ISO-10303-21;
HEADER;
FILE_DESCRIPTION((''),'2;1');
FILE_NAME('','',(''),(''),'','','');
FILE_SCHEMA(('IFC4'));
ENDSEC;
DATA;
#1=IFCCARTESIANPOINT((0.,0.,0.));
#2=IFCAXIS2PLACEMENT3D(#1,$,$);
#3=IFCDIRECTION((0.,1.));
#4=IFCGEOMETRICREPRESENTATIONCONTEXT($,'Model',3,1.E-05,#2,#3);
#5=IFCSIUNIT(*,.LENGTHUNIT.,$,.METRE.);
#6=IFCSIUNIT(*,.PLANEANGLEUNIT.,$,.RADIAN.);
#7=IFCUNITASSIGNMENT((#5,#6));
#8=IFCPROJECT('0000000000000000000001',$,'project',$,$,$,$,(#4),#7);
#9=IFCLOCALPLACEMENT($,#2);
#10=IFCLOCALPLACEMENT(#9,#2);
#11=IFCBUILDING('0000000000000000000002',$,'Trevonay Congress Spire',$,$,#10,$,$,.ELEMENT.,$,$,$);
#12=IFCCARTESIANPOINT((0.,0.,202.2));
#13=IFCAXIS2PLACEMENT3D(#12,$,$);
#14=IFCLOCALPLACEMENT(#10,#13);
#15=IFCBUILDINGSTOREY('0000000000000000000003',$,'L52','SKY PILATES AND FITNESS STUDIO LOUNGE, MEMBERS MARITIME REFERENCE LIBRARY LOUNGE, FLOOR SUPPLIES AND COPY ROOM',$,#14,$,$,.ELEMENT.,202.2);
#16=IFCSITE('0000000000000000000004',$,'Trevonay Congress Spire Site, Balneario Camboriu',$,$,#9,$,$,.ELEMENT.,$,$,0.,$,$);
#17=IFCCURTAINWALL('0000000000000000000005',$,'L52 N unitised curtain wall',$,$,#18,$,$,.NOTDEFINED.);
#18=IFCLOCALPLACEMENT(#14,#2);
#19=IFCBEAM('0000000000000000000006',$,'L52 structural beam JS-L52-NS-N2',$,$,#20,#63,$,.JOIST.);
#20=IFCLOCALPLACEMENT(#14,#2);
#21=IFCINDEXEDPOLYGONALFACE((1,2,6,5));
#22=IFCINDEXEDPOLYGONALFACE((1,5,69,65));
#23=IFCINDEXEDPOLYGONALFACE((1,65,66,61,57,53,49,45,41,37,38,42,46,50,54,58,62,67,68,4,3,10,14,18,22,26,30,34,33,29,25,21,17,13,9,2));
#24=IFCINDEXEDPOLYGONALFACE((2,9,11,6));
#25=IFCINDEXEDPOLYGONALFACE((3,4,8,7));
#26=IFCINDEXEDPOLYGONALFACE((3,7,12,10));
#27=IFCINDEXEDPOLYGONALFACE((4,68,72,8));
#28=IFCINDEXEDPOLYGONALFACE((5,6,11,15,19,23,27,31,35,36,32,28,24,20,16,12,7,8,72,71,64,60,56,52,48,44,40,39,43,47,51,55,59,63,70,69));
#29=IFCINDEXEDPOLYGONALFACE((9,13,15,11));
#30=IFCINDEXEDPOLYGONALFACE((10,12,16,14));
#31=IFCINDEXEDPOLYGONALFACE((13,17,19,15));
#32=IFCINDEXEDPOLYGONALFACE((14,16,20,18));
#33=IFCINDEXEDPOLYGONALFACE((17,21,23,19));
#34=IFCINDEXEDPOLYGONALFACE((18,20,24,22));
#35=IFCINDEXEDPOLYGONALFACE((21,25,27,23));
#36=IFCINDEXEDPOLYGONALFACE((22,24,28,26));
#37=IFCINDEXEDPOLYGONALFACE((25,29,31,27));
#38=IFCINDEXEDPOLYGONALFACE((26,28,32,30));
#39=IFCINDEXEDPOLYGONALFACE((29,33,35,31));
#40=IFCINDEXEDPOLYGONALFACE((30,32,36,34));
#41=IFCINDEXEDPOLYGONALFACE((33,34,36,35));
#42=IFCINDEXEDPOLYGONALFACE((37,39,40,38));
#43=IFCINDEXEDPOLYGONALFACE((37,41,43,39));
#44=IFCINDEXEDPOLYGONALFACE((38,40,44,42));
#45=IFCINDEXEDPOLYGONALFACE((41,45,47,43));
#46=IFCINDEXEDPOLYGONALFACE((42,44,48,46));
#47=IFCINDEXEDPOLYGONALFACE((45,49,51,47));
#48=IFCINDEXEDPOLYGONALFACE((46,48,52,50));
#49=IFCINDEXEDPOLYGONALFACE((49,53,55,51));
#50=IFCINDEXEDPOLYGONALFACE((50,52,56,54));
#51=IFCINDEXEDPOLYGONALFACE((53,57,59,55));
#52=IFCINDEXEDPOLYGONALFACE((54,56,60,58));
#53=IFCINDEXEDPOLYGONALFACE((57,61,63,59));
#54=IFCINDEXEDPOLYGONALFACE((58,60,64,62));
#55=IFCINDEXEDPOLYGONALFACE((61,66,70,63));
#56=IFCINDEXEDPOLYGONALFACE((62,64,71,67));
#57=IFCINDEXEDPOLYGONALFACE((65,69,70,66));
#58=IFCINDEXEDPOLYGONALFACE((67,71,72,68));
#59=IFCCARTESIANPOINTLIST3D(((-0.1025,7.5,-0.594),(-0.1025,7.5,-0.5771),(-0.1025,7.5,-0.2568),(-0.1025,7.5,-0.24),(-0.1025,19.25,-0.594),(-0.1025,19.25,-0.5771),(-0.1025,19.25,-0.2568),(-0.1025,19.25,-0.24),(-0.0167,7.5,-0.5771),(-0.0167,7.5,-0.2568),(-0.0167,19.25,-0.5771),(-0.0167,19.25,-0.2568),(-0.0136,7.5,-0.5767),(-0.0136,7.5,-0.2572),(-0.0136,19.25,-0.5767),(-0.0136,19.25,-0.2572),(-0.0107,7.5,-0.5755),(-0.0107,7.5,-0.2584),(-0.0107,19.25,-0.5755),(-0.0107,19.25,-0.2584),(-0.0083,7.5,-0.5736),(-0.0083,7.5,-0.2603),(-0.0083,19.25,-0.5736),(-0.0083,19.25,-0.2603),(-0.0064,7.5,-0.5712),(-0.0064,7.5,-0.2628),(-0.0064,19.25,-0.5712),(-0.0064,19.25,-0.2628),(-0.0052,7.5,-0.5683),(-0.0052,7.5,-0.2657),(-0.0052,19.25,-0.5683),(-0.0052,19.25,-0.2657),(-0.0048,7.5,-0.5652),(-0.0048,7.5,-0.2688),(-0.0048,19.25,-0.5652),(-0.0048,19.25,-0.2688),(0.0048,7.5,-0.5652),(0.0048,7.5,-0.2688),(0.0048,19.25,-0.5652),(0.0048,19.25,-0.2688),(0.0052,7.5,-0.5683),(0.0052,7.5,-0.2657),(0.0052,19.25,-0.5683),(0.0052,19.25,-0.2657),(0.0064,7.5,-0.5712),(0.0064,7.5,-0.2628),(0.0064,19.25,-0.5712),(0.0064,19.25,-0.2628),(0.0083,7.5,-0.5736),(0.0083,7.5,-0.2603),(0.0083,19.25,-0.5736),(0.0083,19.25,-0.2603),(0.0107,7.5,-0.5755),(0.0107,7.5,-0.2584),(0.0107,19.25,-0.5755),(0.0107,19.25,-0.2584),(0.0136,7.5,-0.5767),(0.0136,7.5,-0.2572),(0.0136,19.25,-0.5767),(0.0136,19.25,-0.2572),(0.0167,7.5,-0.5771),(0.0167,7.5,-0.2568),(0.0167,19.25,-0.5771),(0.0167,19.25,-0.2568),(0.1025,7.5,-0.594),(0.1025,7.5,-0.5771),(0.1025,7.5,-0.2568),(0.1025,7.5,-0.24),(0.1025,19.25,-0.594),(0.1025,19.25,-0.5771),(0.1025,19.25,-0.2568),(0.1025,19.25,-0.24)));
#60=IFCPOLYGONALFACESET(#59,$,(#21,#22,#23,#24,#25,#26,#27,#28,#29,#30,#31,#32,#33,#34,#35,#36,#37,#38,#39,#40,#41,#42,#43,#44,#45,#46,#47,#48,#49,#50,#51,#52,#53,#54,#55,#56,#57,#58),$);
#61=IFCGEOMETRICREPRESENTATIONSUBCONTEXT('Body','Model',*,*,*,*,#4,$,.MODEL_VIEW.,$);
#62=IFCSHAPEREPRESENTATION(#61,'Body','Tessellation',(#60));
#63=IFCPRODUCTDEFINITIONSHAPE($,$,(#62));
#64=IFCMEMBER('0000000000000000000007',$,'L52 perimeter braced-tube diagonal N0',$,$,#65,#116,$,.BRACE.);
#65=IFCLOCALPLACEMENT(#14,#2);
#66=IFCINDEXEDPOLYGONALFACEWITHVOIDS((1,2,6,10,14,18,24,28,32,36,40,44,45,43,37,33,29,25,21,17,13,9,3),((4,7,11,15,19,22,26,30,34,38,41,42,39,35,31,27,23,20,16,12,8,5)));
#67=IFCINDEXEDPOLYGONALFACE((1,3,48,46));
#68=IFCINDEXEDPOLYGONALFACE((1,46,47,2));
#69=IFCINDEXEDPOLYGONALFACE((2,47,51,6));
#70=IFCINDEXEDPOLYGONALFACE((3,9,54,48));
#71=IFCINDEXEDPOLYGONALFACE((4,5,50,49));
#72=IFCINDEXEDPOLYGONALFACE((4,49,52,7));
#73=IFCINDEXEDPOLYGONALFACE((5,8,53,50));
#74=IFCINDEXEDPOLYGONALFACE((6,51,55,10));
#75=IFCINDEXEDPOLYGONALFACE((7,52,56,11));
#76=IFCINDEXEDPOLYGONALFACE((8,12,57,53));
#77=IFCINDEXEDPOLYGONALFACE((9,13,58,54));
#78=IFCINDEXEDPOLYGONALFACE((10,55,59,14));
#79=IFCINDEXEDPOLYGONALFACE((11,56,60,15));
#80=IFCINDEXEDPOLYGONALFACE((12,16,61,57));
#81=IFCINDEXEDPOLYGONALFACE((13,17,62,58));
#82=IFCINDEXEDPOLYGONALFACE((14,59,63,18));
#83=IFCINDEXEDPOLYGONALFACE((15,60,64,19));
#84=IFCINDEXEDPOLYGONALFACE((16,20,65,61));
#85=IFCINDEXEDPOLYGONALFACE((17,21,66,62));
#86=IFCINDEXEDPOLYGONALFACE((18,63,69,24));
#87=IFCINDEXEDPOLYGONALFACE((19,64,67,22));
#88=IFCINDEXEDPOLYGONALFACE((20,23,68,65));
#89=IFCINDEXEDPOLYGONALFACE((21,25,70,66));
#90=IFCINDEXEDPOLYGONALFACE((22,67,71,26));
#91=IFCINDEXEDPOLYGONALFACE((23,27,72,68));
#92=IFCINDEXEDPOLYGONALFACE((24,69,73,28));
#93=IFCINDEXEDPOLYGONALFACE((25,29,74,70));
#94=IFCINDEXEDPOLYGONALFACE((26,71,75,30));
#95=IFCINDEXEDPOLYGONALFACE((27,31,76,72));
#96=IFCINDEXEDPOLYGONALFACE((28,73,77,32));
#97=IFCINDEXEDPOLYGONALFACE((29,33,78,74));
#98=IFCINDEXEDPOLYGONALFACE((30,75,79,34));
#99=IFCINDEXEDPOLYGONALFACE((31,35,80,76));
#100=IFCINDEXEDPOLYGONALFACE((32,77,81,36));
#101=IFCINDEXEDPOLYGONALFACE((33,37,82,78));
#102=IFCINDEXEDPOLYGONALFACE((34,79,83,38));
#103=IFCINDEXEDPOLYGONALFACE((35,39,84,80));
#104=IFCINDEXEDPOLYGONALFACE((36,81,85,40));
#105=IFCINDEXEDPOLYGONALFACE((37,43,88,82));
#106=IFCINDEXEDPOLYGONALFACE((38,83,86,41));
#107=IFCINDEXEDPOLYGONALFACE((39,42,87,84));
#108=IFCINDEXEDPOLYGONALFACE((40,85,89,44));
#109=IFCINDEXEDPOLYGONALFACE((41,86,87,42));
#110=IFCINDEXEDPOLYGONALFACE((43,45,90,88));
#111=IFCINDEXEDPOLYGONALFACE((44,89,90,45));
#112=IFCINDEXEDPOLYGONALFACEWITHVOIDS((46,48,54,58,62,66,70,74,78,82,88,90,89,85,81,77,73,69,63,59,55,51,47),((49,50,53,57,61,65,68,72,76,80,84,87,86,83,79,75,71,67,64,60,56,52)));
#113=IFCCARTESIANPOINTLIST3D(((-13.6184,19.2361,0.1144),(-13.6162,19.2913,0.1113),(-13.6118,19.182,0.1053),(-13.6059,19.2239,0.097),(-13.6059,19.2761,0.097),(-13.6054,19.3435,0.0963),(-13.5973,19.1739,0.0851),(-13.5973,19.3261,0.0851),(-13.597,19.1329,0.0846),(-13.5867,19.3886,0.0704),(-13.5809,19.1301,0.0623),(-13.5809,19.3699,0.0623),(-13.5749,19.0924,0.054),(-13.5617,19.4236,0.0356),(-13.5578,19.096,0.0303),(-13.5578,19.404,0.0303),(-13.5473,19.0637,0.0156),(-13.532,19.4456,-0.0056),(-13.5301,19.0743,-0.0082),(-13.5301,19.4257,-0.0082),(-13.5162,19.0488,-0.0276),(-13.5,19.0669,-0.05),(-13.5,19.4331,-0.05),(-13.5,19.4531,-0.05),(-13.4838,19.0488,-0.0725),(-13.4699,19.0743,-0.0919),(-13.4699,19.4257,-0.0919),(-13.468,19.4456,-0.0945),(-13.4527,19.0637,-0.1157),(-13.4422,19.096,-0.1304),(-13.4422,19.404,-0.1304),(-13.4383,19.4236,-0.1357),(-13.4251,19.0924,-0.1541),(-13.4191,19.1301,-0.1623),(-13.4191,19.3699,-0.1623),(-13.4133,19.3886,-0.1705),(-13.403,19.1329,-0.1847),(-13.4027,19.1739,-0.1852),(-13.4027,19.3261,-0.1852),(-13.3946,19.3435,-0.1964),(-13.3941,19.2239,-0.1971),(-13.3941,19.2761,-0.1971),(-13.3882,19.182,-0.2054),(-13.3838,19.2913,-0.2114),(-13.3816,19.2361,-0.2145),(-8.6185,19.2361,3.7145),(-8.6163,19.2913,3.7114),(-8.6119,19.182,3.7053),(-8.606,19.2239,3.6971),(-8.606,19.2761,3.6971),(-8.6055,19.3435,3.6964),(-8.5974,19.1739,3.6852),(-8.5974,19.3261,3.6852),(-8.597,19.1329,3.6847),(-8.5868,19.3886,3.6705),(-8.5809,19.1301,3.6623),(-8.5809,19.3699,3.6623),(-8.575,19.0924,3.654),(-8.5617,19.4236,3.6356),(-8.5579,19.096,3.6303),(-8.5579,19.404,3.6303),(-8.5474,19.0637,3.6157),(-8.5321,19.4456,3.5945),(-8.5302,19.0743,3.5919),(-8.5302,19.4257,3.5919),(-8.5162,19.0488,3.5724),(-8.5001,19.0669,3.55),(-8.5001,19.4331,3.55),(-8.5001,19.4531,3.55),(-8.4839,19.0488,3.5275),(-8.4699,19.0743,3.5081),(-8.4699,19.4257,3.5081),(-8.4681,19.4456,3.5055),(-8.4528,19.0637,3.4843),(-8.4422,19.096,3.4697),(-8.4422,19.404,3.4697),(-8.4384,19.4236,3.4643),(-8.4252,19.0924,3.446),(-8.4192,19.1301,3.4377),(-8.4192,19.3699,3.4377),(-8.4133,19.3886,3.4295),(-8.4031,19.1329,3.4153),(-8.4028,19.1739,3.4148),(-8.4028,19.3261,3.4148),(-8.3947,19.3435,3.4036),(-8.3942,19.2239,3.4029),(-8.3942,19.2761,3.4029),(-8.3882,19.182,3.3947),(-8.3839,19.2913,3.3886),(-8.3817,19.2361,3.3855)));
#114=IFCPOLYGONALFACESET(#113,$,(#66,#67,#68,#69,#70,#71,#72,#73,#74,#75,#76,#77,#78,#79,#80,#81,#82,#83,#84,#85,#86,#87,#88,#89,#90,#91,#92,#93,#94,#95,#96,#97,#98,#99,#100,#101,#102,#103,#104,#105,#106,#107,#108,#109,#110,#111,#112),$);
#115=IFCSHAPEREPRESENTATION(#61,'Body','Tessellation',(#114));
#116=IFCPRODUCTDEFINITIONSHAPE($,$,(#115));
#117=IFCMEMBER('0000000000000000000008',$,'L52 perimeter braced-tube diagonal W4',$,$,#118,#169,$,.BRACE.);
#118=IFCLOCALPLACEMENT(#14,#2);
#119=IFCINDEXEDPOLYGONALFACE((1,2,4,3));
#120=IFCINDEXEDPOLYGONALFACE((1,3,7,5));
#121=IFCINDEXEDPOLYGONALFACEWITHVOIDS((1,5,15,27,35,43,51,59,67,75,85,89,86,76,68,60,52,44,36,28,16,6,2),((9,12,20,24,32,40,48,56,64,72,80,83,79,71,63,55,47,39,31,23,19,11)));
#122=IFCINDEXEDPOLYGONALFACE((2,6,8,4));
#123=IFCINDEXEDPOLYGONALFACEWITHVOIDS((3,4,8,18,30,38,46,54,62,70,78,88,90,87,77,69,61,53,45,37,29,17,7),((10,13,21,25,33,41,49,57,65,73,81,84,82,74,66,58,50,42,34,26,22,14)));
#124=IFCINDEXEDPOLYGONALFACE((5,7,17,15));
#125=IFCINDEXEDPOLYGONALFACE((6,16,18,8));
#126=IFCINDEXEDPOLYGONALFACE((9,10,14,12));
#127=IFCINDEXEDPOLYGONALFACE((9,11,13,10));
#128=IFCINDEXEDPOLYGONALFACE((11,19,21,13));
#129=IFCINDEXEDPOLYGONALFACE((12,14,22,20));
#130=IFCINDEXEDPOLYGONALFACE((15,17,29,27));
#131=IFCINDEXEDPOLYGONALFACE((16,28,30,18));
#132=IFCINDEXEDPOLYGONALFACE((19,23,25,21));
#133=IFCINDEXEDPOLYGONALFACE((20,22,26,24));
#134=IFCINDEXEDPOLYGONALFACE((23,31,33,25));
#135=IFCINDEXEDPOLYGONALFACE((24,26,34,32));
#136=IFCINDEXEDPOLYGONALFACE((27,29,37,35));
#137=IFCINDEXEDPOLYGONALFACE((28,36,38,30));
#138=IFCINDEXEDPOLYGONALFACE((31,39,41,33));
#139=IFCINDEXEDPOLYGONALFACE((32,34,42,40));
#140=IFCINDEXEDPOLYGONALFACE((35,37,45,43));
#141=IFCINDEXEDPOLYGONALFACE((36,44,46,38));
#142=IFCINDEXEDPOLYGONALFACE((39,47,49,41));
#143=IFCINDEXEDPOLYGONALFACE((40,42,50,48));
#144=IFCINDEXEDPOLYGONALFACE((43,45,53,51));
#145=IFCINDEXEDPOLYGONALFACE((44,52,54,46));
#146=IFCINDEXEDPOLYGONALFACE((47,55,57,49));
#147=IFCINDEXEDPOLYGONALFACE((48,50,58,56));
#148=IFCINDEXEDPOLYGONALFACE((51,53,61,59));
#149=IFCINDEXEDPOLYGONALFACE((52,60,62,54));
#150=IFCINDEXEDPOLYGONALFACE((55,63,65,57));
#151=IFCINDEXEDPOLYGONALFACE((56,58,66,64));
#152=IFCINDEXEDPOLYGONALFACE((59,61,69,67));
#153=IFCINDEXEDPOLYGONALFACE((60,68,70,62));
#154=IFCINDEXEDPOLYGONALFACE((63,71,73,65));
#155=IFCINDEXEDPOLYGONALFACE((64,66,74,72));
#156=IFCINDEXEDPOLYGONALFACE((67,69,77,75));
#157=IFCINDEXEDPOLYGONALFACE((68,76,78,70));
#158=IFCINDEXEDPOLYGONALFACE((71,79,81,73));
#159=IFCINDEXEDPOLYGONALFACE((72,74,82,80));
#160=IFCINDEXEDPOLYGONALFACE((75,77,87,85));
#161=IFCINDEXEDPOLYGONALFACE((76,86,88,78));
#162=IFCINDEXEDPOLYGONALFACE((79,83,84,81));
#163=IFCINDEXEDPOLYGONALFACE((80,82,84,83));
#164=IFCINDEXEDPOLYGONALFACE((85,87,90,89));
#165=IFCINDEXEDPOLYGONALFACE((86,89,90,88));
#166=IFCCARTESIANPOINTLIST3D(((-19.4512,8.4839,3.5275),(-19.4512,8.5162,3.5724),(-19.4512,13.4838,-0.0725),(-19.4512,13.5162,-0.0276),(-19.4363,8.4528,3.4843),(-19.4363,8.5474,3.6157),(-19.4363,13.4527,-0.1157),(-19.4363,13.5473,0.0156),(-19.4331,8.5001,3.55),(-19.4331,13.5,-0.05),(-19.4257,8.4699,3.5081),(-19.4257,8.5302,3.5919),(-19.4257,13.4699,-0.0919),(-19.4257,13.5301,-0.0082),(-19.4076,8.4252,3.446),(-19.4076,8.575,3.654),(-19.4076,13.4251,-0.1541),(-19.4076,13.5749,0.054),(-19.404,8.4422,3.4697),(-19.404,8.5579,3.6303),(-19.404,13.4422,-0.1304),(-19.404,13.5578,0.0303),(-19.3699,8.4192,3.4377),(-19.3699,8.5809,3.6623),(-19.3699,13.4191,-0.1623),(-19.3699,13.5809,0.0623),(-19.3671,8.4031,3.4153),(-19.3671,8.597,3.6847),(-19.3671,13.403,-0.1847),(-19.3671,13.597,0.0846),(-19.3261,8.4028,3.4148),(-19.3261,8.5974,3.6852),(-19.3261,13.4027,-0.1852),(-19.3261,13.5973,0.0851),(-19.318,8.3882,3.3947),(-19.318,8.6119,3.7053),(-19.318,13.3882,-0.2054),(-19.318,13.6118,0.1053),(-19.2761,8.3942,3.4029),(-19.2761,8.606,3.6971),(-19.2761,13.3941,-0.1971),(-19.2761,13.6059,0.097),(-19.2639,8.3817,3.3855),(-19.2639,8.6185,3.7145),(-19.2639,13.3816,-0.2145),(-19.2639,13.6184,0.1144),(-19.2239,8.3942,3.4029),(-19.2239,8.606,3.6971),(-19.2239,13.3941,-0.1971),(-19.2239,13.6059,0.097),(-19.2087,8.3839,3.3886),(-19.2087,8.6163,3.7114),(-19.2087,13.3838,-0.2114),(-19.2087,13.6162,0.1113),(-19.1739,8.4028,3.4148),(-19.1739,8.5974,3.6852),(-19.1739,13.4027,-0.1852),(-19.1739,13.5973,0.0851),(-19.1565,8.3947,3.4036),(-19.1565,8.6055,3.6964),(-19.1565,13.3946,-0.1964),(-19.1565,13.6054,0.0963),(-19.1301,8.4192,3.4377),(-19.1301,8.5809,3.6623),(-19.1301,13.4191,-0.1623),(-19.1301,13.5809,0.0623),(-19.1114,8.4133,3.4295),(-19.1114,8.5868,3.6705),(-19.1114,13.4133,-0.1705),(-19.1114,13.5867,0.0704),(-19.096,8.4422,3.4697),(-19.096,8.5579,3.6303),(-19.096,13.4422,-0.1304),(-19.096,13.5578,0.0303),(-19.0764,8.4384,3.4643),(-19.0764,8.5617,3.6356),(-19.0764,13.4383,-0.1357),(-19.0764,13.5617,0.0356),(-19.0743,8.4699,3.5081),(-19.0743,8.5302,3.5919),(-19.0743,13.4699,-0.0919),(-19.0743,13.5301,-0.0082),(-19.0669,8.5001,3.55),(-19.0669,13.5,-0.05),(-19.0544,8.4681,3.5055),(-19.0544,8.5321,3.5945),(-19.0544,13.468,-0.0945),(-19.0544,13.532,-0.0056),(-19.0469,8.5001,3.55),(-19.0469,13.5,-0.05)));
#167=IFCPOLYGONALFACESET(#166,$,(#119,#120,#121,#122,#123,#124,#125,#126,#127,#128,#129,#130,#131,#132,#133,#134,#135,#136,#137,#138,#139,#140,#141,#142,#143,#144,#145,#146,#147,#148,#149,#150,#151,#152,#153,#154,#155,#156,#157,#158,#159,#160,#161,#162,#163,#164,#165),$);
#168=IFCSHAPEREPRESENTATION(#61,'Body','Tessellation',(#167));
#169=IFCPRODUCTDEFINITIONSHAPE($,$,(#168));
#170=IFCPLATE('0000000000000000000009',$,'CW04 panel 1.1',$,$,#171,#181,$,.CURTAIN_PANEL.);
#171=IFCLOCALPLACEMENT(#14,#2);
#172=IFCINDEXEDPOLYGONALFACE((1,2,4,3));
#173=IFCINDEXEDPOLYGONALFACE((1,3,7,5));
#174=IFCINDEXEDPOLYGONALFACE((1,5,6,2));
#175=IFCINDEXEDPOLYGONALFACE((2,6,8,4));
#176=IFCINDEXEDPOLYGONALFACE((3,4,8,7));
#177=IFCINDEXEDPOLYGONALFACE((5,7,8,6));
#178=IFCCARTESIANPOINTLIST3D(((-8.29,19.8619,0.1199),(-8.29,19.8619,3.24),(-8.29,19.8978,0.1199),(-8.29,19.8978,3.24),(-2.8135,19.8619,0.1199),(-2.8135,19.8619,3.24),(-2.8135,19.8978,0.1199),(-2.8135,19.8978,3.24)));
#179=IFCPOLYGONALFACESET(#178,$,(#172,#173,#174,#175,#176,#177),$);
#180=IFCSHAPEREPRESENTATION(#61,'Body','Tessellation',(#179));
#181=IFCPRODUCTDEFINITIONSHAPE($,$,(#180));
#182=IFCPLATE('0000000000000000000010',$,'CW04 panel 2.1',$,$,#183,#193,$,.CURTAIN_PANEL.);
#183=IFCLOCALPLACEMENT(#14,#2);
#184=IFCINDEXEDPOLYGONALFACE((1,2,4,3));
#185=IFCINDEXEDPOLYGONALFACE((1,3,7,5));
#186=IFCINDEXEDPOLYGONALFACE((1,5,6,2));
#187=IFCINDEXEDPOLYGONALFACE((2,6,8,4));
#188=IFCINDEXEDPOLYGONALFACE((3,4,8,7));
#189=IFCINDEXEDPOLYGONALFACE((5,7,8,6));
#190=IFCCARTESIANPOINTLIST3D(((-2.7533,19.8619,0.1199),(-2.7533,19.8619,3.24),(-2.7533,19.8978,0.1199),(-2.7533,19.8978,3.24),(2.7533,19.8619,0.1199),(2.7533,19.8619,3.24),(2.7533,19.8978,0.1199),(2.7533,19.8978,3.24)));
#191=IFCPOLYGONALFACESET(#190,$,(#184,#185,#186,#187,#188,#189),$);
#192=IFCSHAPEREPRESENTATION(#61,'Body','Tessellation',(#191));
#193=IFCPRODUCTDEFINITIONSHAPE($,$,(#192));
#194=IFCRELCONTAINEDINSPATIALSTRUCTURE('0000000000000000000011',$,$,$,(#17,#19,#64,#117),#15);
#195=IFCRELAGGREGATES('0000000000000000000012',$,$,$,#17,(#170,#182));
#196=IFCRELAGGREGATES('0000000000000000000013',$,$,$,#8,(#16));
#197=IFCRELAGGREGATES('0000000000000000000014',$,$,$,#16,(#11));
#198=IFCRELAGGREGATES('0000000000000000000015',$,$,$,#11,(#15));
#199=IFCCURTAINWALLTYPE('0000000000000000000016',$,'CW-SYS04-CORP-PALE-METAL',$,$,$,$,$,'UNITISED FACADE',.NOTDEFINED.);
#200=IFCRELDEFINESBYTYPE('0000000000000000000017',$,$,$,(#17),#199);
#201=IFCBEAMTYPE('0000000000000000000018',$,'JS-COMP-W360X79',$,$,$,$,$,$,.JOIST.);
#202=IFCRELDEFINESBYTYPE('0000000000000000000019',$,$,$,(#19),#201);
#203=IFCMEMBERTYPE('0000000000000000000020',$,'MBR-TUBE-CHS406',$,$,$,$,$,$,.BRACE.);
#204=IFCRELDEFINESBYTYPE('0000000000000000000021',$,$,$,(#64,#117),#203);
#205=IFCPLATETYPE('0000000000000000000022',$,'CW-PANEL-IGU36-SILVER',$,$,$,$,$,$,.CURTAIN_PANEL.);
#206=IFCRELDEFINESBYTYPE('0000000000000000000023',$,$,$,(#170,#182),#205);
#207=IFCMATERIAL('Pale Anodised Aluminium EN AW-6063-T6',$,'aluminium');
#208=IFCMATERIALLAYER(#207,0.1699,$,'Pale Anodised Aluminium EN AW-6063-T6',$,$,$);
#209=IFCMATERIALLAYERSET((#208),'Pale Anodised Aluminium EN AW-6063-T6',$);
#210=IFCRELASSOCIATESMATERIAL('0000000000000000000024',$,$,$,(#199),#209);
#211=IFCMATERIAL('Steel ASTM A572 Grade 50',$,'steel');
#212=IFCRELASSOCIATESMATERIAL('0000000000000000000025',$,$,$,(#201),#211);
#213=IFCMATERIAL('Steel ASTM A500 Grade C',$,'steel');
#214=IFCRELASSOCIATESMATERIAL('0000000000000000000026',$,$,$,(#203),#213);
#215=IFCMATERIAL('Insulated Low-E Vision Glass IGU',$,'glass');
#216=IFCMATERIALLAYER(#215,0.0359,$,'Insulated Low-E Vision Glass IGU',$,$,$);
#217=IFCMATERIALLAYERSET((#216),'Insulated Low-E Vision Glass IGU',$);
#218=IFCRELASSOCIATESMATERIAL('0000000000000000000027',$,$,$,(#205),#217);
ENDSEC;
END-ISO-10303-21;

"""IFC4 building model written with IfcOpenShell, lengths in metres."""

from ifc_helpers import new_model, si_unit, direction, frame, origin, origin_2d, place, context, subcontext, project, spatial, rectangle, hollow_circle, i_section, extrude, material, layer, layer_set, material_profile, profile_set, type_object, element, aggregate, save


model = new_model("IFC4")

# Units and contexts
model_context = context("Model", 3, precision=1e-05, world=origin(), true_north=direction((0.0, 1.0)))
body_context = subcontext(model_context, "Body", "Model", "MODEL_VIEW")
ifc_project = project(units=[si_unit("LENGTHUNIT", "METRE"), si_unit("PLANEANGLEUNIT", "RADIAN")], contexts=[model_context])

# Site, building, storey
site_placement = place(None, origin())
site = spatial("IfcSite", under=ifc_project, at=site_placement, Name="Trevonay Congress Spire Site, Balneario Camboriu", CompositionType="ELEMENT", RefElevation=0.0)
building_placement = place(site_placement, origin())
building = spatial("IfcBuilding", under=site, at=building_placement, Name="Trevonay Congress Spire", CompositionType="ELEMENT")
storey_placement = place(building_placement, frame((0.0, 0.0, 202.2)))
storey = spatial("IfcBuildingStorey", under=building, at=storey_placement, Name="L52", Description="SKY PILATES AND FITNESS STUDIO LOUNGE, MEMBERS MARITIME REFERENCE LIBRARY LOUNGE, FLOOR SUPPLIES AND COPY ROOM", CompositionType="ELEMENT", Elevation=202.2)

# Shared definitions
ifc_material_1 = material(Name="Steel ASTM A572 Grade 50", Category="steel")

# Curtain wall
ifc_material_2 = material(Name="Pale Anodised Aluminium EN AW-6063-T6", Category="aluminium")
ifc_layer_1 = layer(ifc_material_2, 0.1699, Name="Pale Anodised Aluminium EN AW-6063-T6")
ifc_layer_set_1 = layer_set([ifc_layer_1], Name="Pale Anodised Aluminium EN AW-6063-T6")
curtain_wall_type = type_object("IfcCurtainWallType", Name="CW-SYS04-CORP-PALE-METAL", ElementType="UNITISED FACADE", PredefinedType="NOTDEFINED", material=ifc_layer_set_1)
curtain_wall_1_placement = place(storey_placement, origin())
curtain_wall_1 = element("IfcCurtainWall", 1, at=curtain_wall_1_placement, inside=storey, type_object=curtain_wall_type, Name="L52 N unitised curtain wall", PredefinedType="NOTDEFINED")

# Beam
ifc_material_profile_1 = material_profile(ifc_material_1, i_section(OverallWidth=0.2051, OverallDepth=0.354, WebThickness=0.0095, FlangeThickness=0.0168, FilletRadius=0.012, at=origin_2d()), Name="W360x79")
ifc_profile_set_1 = profile_set([ifc_material_profile_1], Name="Steel ASTM A572 Grade 50")
beam_type_1 = type_object("IfcBeamType", Name="JS-COMP-W360X79", PredefinedType="JOIST", material=ifc_profile_set_1)
beam_1_placement = place(storey_placement, frame((0.0, 7.5, -0.417), z_axis=(0.0, 1.0, 0.0), x_axis=(-1.0, 0.0, 0.0)))
element("IfcBeam", 2, at=beam_1_placement, inside=storey, type_object=beam_type_1, Name="L52 structural beam JS-L52-NS-N2", PredefinedType="JOIST", context=body_context, shape_type="SweptSolid", body=[
    extrude(i_section(OverallWidth=0.2051, OverallDepth=0.354, WebThickness=0.0095, FlangeThickness=0.0168, FilletRadius=0.012, at=origin_2d()), origin(), (0.0, 0.0, 1.0), 11.75),
])

# Members
ifc_material_3 = material(Name="Steel ASTM A500 Grade C", Category="steel")
ifc_material_profile_2 = material_profile(ifc_material_3, hollow_circle(Radius=0.2031, WallThickness=0.02, at=origin_2d()), Name="CHS 406.4x20")
ifc_profile_set_2 = profile_set([ifc_material_profile_2], Name="Steel ASTM A500 Grade C")
member_type_1 = type_object("IfcMemberType", Name="MBR-TUBE-CHS406", PredefinedType="BRACE", material=ifc_profile_set_2)
for number, where, z_axis, x_axis, name in (
    (3, (-13.5, 19.25, -0.05), (0.811527, 0.0, 0.584315), (0.0, 1.0, 0.0), "L52 perimeter braced-tube diagonal N0"),
    (4, (-19.25, 13.5, -0.05), (0.0, -0.811527, 0.584315), (1.0, 0.0, 0.0), "L52 perimeter braced-tube diagonal W4"),
):
    element("IfcMember", number, at=place(storey_placement, frame(where, z_axis=z_axis, x_axis=x_axis)), inside=storey, type_object=member_type_1, Name=name, PredefinedType="BRACE", context=body_context, shape_type="SweptSolid", body=[
        extrude(hollow_circle(Radius=0.2031, WallThickness=0.02, at=origin_2d()), origin(), (0.0, 0.0, 1.0), 6.1611),
    ])

# Plates
ifc_material_4 = material(Name="Insulated Low-E Vision Glass IGU", Category="glass")
ifc_layer_2 = layer(ifc_material_4, 0.0359, Name="Insulated Low-E Vision Glass IGU")
ifc_layer_set_2 = layer_set([ifc_layer_2], Name="Insulated Low-E Vision Glass IGU")
plate_type = type_object("IfcPlateType", Name="CW-PANEL-IGU36-SILVER", PredefinedType="CURTAIN_PANEL", material=ifc_layer_set_2)
plate_1_placement = place(storey_placement, frame((-5.5518, 19.8799, 0.1199), z_axis=(0.0, 0.0, 1.0), x_axis=(1.0, 0.0, 0.0)))
plate_1 = element("IfcPlate", 5, at=plate_1_placement, type_object=plate_type, Name="CW04 panel 1.1", PredefinedType="CURTAIN_PANEL", context=body_context, shape_type="SweptSolid", body=[
    extrude(rectangle(XDim=5.4766, YDim=0.0359, at=origin_2d()), origin(), (0.0, 0.0, 1.0), 3.1201),
])
plate_2_placement = place(storey_placement, frame((0.0, 19.8799, 0.1199), z_axis=(0.0, 0.0, 1.0), x_axis=(1.0, 0.0, 0.0)))
plate_2 = element("IfcPlate", 6, at=plate_2_placement, type_object=plate_type, Name="CW04 panel 2.1", PredefinedType="CURTAIN_PANEL", context=body_context, shape_type="SweptSolid", body=[
    extrude(rectangle(XDim=5.5066, YDim=0.0359, at=origin_2d()), origin(), (0.0, 0.0, 1.0), 3.1201),
])
aggregate(curtain_wall_1, [plate_1, plate_2])

save(model, "model.ifc")
